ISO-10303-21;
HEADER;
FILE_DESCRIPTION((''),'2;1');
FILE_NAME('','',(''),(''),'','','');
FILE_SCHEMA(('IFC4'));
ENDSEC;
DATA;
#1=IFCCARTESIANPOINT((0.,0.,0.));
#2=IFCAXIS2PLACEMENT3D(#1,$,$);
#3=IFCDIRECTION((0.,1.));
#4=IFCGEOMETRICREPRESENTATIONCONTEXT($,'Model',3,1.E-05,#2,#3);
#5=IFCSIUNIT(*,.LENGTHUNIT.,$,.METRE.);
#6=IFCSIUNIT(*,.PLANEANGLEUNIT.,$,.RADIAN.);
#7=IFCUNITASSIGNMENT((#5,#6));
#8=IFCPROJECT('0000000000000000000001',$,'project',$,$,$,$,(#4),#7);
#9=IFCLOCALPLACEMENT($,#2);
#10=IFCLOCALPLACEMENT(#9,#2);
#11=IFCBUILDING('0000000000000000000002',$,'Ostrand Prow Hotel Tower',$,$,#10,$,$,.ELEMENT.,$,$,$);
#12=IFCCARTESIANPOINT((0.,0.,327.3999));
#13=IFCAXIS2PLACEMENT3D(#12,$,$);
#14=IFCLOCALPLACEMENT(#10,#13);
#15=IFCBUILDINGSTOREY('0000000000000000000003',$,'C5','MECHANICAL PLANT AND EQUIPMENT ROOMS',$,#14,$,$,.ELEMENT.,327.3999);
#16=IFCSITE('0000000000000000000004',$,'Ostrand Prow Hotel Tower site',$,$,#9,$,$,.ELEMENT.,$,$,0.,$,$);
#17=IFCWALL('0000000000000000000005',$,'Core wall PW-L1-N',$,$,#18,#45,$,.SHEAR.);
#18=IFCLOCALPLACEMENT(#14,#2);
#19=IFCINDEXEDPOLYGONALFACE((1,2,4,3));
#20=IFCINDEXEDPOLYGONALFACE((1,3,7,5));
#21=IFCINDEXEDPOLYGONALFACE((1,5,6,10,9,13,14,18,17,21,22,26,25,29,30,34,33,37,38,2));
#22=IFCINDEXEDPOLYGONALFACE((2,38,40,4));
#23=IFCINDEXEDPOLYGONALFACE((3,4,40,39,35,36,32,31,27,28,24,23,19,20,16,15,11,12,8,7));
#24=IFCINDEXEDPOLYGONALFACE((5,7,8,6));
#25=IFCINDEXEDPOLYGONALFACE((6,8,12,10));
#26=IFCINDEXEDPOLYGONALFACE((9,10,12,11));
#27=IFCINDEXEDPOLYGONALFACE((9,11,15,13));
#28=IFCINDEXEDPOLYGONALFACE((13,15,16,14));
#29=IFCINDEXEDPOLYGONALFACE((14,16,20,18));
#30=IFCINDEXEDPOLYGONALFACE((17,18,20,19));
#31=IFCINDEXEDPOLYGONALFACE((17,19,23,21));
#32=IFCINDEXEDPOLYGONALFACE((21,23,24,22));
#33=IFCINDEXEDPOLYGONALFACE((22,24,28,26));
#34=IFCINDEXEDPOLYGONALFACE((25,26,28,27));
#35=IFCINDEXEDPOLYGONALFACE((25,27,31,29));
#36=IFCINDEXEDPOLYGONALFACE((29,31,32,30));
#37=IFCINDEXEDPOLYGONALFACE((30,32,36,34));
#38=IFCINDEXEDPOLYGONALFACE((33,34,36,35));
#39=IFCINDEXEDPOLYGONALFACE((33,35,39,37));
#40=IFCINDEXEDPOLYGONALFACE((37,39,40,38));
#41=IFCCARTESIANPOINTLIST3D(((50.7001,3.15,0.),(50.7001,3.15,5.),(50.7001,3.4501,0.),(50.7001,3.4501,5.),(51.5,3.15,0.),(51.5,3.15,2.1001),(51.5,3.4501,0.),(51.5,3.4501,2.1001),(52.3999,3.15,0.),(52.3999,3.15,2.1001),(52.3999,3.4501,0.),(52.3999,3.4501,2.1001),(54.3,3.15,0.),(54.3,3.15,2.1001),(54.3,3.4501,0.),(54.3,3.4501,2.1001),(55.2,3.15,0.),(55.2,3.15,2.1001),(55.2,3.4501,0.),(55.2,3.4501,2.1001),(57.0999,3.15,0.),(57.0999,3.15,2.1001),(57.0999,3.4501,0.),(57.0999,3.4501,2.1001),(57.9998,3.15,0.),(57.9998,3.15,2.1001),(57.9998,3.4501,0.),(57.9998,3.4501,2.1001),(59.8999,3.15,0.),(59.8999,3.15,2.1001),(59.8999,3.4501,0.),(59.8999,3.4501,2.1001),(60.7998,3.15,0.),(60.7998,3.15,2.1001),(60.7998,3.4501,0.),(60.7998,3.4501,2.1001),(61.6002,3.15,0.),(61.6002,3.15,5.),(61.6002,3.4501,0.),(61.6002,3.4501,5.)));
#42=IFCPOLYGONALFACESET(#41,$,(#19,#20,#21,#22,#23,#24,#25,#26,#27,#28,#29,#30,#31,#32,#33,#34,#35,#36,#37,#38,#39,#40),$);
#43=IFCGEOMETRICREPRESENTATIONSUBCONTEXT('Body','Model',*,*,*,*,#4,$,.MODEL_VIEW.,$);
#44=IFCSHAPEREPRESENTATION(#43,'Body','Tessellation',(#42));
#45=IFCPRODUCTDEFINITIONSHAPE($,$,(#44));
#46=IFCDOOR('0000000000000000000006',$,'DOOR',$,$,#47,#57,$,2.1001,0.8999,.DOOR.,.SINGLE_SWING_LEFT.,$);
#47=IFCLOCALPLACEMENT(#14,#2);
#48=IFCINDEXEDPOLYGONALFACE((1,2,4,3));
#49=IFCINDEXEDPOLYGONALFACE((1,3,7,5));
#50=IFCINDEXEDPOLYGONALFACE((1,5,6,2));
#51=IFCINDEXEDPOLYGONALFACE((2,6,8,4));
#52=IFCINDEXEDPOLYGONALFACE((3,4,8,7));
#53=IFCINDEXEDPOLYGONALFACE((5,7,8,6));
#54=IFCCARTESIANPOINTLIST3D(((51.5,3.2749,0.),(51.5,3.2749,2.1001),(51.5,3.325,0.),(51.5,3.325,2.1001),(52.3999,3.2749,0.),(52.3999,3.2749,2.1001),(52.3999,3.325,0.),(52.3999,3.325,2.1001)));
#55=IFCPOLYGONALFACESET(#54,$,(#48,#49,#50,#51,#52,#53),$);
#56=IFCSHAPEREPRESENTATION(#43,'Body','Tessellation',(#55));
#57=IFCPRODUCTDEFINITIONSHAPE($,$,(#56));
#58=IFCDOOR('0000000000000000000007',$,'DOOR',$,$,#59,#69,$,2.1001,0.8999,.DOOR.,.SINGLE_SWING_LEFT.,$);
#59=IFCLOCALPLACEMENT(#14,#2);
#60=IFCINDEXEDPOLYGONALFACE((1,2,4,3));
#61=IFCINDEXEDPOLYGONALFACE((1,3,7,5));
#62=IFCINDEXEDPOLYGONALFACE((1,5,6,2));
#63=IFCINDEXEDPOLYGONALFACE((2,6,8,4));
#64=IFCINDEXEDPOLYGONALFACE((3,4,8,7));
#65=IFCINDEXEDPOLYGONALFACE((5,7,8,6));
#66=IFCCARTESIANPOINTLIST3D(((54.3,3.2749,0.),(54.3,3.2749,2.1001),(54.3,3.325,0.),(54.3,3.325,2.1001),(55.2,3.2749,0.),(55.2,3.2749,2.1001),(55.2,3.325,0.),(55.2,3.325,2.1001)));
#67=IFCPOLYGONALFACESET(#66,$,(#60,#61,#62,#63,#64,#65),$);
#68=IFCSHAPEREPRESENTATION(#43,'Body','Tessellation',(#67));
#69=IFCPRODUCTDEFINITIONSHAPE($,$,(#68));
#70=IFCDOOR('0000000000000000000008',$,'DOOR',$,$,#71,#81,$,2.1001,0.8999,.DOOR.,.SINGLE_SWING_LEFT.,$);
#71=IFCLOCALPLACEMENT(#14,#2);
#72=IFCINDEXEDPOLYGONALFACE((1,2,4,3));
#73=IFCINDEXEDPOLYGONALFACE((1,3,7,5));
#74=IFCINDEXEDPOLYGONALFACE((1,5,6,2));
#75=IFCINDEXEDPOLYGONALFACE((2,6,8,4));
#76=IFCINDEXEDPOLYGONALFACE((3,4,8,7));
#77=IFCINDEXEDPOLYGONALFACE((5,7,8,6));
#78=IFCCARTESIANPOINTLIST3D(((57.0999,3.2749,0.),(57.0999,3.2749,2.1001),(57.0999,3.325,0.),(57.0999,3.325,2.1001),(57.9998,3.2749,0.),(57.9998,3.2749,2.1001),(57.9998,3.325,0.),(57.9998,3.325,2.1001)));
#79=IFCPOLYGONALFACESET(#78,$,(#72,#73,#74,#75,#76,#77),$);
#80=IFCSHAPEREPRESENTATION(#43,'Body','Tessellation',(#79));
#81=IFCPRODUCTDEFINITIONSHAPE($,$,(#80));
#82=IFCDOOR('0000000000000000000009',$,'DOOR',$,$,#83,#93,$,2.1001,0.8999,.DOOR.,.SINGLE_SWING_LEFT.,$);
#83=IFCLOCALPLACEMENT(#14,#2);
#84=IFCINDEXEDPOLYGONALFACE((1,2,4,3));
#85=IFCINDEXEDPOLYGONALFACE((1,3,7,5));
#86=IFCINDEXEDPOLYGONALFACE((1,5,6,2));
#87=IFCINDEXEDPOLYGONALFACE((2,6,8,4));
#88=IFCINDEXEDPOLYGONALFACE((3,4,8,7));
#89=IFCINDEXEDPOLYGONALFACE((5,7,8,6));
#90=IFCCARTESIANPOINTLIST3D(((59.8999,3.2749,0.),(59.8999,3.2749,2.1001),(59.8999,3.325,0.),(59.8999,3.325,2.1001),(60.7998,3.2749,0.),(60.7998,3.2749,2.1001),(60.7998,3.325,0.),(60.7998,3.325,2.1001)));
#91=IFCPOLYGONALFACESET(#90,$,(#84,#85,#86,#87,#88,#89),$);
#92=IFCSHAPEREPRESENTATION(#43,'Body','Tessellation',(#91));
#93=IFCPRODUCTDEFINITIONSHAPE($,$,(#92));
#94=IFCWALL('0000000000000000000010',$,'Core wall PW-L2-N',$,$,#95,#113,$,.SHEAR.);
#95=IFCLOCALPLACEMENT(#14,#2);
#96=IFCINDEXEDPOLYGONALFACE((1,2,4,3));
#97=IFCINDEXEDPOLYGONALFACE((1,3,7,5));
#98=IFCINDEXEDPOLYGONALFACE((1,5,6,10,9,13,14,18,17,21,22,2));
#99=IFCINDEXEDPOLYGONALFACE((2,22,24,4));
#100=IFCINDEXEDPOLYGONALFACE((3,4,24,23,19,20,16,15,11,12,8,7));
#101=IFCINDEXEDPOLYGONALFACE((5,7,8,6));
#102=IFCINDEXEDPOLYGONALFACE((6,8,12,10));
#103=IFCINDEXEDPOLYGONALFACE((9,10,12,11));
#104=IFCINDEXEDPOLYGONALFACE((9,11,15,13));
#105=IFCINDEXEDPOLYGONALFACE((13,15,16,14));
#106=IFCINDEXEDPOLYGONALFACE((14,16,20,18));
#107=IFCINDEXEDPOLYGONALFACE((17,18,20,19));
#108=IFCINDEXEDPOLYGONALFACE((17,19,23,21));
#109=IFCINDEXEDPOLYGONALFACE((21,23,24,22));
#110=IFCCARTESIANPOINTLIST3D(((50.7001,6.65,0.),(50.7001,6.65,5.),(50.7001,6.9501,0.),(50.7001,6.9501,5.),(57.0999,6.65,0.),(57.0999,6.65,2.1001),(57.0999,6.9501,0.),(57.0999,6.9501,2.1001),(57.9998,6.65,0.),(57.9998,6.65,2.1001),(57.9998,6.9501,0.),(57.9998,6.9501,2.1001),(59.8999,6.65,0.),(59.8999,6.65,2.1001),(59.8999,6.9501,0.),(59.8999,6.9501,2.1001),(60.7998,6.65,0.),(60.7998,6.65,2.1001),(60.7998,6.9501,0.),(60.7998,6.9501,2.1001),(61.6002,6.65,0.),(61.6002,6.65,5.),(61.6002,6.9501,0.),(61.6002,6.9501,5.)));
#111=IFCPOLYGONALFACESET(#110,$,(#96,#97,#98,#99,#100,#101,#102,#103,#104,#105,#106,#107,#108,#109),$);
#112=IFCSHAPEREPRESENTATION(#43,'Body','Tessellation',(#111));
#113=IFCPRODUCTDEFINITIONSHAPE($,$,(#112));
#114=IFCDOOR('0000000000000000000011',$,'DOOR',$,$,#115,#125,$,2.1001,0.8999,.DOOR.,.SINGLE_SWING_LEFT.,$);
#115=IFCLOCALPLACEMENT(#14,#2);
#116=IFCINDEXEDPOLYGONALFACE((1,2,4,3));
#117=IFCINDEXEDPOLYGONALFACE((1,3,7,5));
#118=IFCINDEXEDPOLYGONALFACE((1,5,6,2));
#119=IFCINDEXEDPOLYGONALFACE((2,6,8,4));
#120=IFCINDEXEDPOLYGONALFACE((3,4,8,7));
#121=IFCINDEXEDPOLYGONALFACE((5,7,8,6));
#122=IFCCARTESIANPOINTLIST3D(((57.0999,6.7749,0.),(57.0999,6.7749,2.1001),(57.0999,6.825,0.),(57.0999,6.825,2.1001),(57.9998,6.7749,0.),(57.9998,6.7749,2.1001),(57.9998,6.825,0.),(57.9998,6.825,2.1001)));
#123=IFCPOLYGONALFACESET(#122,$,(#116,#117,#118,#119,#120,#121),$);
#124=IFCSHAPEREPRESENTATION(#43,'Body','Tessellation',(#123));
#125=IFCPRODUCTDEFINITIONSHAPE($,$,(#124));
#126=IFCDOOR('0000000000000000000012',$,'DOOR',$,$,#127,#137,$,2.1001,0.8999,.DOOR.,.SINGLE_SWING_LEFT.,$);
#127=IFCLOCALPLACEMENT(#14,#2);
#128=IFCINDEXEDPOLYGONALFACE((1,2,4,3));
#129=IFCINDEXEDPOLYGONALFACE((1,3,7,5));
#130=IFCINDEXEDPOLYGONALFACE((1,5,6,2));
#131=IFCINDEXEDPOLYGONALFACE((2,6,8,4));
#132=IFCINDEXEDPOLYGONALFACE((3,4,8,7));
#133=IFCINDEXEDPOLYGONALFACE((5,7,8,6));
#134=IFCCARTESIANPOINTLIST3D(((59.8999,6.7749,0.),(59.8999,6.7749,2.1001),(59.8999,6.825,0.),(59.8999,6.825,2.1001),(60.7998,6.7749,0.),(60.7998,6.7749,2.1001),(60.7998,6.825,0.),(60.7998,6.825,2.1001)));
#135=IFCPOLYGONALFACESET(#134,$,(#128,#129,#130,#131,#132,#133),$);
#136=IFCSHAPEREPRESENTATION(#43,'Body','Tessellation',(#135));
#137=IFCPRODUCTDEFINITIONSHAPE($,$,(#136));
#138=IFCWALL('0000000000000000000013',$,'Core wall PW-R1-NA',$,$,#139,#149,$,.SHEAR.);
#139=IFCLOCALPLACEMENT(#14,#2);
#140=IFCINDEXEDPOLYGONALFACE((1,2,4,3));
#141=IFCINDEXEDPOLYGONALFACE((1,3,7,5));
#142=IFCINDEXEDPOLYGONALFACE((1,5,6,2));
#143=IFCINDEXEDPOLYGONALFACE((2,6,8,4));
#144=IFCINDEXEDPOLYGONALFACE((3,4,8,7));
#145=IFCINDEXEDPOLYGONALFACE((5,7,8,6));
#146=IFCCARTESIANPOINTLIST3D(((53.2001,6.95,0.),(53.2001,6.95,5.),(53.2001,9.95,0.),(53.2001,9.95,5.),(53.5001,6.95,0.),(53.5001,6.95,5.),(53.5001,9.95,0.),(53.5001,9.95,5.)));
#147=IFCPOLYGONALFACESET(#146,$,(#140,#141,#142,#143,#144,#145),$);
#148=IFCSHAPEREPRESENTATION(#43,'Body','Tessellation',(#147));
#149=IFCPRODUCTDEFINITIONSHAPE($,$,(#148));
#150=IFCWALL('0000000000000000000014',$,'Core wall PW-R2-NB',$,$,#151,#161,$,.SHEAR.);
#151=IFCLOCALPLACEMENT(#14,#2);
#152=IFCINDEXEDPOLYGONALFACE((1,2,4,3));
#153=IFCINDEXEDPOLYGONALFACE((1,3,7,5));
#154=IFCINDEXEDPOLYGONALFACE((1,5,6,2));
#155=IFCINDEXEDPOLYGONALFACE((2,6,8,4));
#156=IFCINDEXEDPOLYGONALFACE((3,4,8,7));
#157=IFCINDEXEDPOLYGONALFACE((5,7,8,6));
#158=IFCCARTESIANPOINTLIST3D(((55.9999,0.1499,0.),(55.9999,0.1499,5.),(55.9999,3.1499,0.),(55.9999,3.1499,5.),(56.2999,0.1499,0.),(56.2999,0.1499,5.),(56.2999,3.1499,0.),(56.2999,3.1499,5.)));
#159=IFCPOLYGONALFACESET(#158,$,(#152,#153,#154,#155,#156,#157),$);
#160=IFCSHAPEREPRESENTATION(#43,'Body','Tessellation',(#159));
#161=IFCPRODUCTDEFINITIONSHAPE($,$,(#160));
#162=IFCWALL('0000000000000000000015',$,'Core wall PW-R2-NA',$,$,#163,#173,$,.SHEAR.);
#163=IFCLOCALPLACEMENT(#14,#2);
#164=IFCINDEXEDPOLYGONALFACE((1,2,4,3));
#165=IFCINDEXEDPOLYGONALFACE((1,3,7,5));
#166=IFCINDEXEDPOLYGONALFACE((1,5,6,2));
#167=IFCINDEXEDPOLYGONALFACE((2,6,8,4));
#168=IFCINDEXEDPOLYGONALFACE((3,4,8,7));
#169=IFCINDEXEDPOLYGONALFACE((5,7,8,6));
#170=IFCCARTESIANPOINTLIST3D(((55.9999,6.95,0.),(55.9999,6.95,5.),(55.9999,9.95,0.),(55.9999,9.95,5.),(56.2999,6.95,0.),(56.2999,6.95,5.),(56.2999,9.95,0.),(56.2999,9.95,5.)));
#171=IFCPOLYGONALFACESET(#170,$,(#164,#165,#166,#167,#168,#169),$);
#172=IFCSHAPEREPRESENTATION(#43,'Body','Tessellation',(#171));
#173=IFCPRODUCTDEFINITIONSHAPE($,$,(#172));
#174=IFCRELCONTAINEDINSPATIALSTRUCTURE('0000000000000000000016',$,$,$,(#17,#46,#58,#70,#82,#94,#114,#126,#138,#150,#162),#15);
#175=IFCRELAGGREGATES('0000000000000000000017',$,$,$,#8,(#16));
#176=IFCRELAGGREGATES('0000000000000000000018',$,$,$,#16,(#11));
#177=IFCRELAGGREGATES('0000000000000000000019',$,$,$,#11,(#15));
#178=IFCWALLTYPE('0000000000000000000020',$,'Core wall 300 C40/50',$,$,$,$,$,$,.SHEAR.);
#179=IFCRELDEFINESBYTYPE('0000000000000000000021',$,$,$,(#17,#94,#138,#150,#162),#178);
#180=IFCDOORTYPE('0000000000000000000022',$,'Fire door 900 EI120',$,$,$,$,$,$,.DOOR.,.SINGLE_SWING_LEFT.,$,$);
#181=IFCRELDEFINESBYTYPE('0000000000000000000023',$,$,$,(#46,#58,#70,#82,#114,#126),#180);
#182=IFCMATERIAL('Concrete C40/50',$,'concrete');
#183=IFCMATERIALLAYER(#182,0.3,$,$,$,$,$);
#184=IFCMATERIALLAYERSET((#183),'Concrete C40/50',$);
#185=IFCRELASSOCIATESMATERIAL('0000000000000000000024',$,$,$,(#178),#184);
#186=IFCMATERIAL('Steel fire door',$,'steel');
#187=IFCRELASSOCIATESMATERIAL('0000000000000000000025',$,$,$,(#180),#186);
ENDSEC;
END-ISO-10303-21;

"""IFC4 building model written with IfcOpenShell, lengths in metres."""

from ifc_helpers import new_model, si_unit, direction, frame, frame_2d, origin, place, context, subcontext, project, spatial, rectangle, extrude, material, layer, layer_set, type_object, element, fill, save


model = new_model("IFC4")

# Units and contexts
model_context = context("Model", 3, precision=1e-05, world=origin(), true_north=direction((0.0, 1.0)))
body_context = subcontext(model_context, "Body", "Model", "MODEL_VIEW")
ifc_project = project(units=[si_unit("LENGTHUNIT", "METRE"), si_unit("PLANEANGLEUNIT", "RADIAN")], contexts=[model_context])

# Site, building, storey
site_placement = place(None, origin())
site = spatial("IfcSite", under=ifc_project, at=site_placement, Name="Ostrand Prow Hotel Tower site", CompositionType="ELEMENT", RefElevation=0.0)
building_placement = place(site_placement, origin())
building = spatial("IfcBuilding", under=site, at=building_placement, Name="Ostrand Prow Hotel Tower", CompositionType="ELEMENT")
storey_placement = place(building_placement, frame((0.0, 0.0, 327.3999)))
storey = spatial("IfcBuildingStorey", under=building, at=storey_placement, Name="C5", Description="MECHANICAL PLANT AND EQUIPMENT ROOMS", CompositionType="ELEMENT", Elevation=327.3999)

# Walls, openings, doors
ifc_material_1 = material(Name="Concrete C40/50", Category="concrete")
ifc_layer_1 = layer(ifc_material_1, 0.3)
ifc_layer_set_1 = layer_set([ifc_layer_1], Name="Concrete C40/50")
wall_type_1 = type_object("IfcWallType", Name="Core wall 300 C40/50", PredefinedType="SHEAR", material=ifc_layer_set_1)
wall_1_placement = place(storey_placement, frame((50.7, 3.3, 0.0), z_axis=(0.0, 0.0, 1.0), x_axis=(1.0, 0.0, 0.0)))
wall_1 = element("IfcWall", 1, at=wall_1_placement, inside=storey, type_object=wall_type_1, Name="Core wall PW-L1-N", PredefinedType="SHEAR", context=body_context, shape_type="SweptSolid", body=[
    extrude(rectangle(XDim=10.9001, YDim=0.3, at=frame_2d((5.4502, 0.0))), origin(), (0.0, 0.0, 1.0), 5.0),
])
opening_1_placement = place(wall_1_placement, frame((0.8, 0.0, 0.0)))
opening_1 = element("IfcOpeningElement", 2, at=opening_1_placement, cuts=wall_1, PredefinedType="OPENING", context=body_context, shape_type="SweptSolid", body=[
    extrude(rectangle(XDim=0.8999, YDim=2.1001, at=frame_2d((0.45, 1.05))), frame((0.0, 0.1599, 0.0), z_axis=(0.0, -1.0, 0.0), x_axis=(1.0, 0.0, 0.0)), (0.0, 0.0, 1.0), 0.3201),
])
opening_2_placement = place(wall_1_placement, frame((3.6001, 0.0, 0.0)))
opening_2 = element("IfcOpeningElement", 3, at=opening_2_placement, cuts=wall_1, PredefinedType="OPENING", context=body_context, shape_type="SweptSolid", body=[
    extrude(rectangle(XDim=0.8999, YDim=2.1001, at=frame_2d((0.45, 1.05))), frame((0.0, 0.1599, 0.0), z_axis=(0.0, -1.0, 0.0), x_axis=(1.0, 0.0, 0.0)), (0.0, 0.0, 1.0), 0.3201),
])
opening_3_placement = place(wall_1_placement, frame((6.3999, 0.0, 0.0)))
opening_3 = element("IfcOpeningElement", 4, at=opening_3_placement, cuts=wall_1, PredefinedType="OPENING", context=body_context, shape_type="SweptSolid", body=[
    extrude(rectangle(XDim=0.8999, YDim=2.1001, at=frame_2d((0.45, 1.05))), frame((0.0, 0.1599, 0.0), z_axis=(0.0, -1.0, 0.0), x_axis=(1.0, 0.0, 0.0)), (0.0, 0.0, 1.0), 0.3201),
])
opening_4_placement = place(wall_1_placement, frame((9.2, 0.0, 0.0)))
opening_4 = element("IfcOpeningElement", 5, at=opening_4_placement, cuts=wall_1, PredefinedType="OPENING", context=body_context, shape_type="SweptSolid", body=[
    extrude(rectangle(XDim=0.8999, YDim=2.1001, at=frame_2d((0.45, 1.05))), frame((0.0, 0.1599, 0.0), z_axis=(0.0, -1.0, 0.0), x_axis=(1.0, 0.0, 0.0)), (0.0, 0.0, 1.0), 0.3201),
])
ifc_material_2 = material(Name="Steel fire door", Category="steel")
door_type_1 = type_object("IfcDoorType", Name="Fire door 900 EI120", OperationType="SINGLE_SWING_LEFT", PredefinedType="DOOR", material=ifc_material_2)
door_1_placement = place(opening_1_placement, origin())
door_1 = element("IfcDoor", 6, at=door_1_placement, inside=storey, type_object=door_type_1, Name="DOOR", OperationType="SINGLE_SWING_LEFT", OverallHeight=2.1001, OverallWidth=0.8999, PredefinedType="DOOR", context=body_context, shape_type="SweptSolid", body=[
    extrude(rectangle(XDim=0.8999, YDim=2.1001, at=frame_2d((0.45, 1.05))), frame((0.0, 0.0249, 0.0), z_axis=(0.0, -1.0, 0.0), x_axis=(1.0, 0.0, 0.0)), (0.0, 0.0, 1.0), 0.05),
])
fill(opening_1, door_1)
door_2_placement = place(opening_2_placement, origin())
door_2 = element("IfcDoor", 7, at=door_2_placement, inside=storey, type_object=door_type_1, Name="DOOR", OperationType="SINGLE_SWING_LEFT", OverallHeight=2.1001, OverallWidth=0.8999, PredefinedType="DOOR", context=body_context, shape_type="SweptSolid", body=[
    extrude(rectangle(XDim=0.8999, YDim=2.1001, at=frame_2d((0.45, 1.05))), frame((0.0, 0.0249, 0.0), z_axis=(0.0, -1.0, 0.0), x_axis=(1.0, 0.0, 0.0)), (0.0, 0.0, 1.0), 0.05),
])
fill(opening_2, door_2)
door_3_placement = place(opening_3_placement, origin())
door_3 = element("IfcDoor", 8, at=door_3_placement, inside=storey, type_object=door_type_1, Name="DOOR", OperationType="SINGLE_SWING_LEFT", OverallHeight=2.1001, OverallWidth=0.8999, PredefinedType="DOOR", context=body_context, shape_type="SweptSolid", body=[
    extrude(rectangle(XDim=0.8999, YDim=2.1001, at=frame_2d((0.45, 1.05))), frame((0.0, 0.0249, 0.0), z_axis=(0.0, -1.0, 0.0), x_axis=(1.0, 0.0, 0.0)), (0.0, 0.0, 1.0), 0.05),
])
fill(opening_3, door_3)
door_4_placement = place(opening_4_placement, origin())
door_4 = element("IfcDoor", 9, at=door_4_placement, inside=storey, type_object=door_type_1, Name="DOOR", OperationType="SINGLE_SWING_LEFT", OverallHeight=2.1001, OverallWidth=0.8999, PredefinedType="DOOR", context=body_context, shape_type="SweptSolid", body=[
    extrude(rectangle(XDim=0.8999, YDim=2.1001, at=frame_2d((0.45, 1.05))), frame((0.0, 0.0249, 0.0), z_axis=(0.0, -1.0, 0.0), x_axis=(1.0, 0.0, 0.0)), (0.0, 0.0, 1.0), 0.05),
])
fill(opening_4, door_4)
wall_2_placement = place(storey_placement, frame((50.7, 6.8, 0.0), z_axis=(0.0, 0.0, 1.0), x_axis=(1.0, 0.0, 0.0)))
wall_2 = element("IfcWall", 10, at=wall_2_placement, inside=storey, type_object=wall_type_1, Name="Core wall PW-L2-N", PredefinedType="SHEAR", context=body_context, shape_type="SweptSolid", body=[
    extrude(rectangle(XDim=10.9001, YDim=0.3, at=frame_2d((5.4502, 0.0))), origin(), (0.0, 0.0, 1.0), 5.0),
])
opening_5_placement = place(wall_2_placement, frame((6.3999, 0.0, 0.0)))
opening_5 = element("IfcOpeningElement", 11, at=opening_5_placement, cuts=wall_2, PredefinedType="OPENING", context=body_context, shape_type="SweptSolid", body=[
    extrude(rectangle(XDim=0.8999, YDim=2.1001, at=frame_2d((0.45, 1.05))), frame((0.0, 0.1599, 0.0), z_axis=(0.0, -1.0, 0.0), x_axis=(1.0, 0.0, 0.0)), (0.0, 0.0, 1.0), 0.3201),
])
opening_6_placement = place(wall_2_placement, frame((9.2, 0.0, 0.0)))
opening_6 = element("IfcOpeningElement", 12, at=opening_6_placement, cuts=wall_2, PredefinedType="OPENING", context=body_context, shape_type="SweptSolid", body=[
    extrude(rectangle(XDim=0.8999, YDim=2.1001, at=frame_2d((0.45, 1.05))), frame((0.0, 0.1599, 0.0), z_axis=(0.0, -1.0, 0.0), x_axis=(1.0, 0.0, 0.0)), (0.0, 0.0, 1.0), 0.3201),
])
door_5_placement = place(opening_5_placement, origin())
door_5 = element("IfcDoor", 13, at=door_5_placement, inside=storey, type_object=door_type_1, Name="DOOR", OperationType="SINGLE_SWING_LEFT", OverallHeight=2.1001, OverallWidth=0.8999, PredefinedType="DOOR", context=body_context, shape_type="SweptSolid", body=[
    extrude(rectangle(XDim=0.8999, YDim=2.1001, at=frame_2d((0.45, 1.05))), frame((0.0, 0.0249, 0.0), z_axis=(0.0, -1.0, 0.0), x_axis=(1.0, 0.0, 0.0)), (0.0, 0.0, 1.0), 0.05),
])
fill(opening_5, door_5)
door_6_placement = place(opening_6_placement, origin())
door_6 = element("IfcDoor", 14, at=door_6_placement, inside=storey, type_object=door_type_1, Name="DOOR", OperationType="SINGLE_SWING_LEFT", OverallHeight=2.1001, OverallWidth=0.8999, PredefinedType="DOOR", context=body_context, shape_type="SweptSolid", body=[
    extrude(rectangle(XDim=0.8999, YDim=2.1001, at=frame_2d((0.45, 1.05))), frame((0.0, 0.0249, 0.0), z_axis=(0.0, -1.0, 0.0), x_axis=(1.0, 0.0, 0.0)), (0.0, 0.0, 1.0), 0.05),
])
fill(opening_6, door_6)

# Walls
for number, where, z_axis, x_axis, name in (
    (15, (53.3501, 6.95, 0.0), (0.0, 0.0, 1.0), (0.0, 1.0, 0.0), "Core wall PW-R1-NA"),
    (16, (56.1499, 0.1499, 0.0), (0.0, 0.0, 1.0), (0.0, 1.0, 0.0), "Core wall PW-R2-NB"),
    (17, (56.1499, 6.95, 0.0), (0.0, 0.0, 1.0), (0.0, 1.0, 0.0), "Core wall PW-R2-NA"),
):
    element("IfcWall", number, at=place(storey_placement, frame(where, z_axis=z_axis, x_axis=x_axis)), inside=storey, type_object=wall_type_1, Name=name, PredefinedType="SHEAR", context=body_context, shape_type="SweptSolid", body=[
        extrude(rectangle(XDim=3.0, YDim=0.3, at=frame_2d((1.5, 0.0))), origin(), (0.0, 0.0, 1.0), 5.0),
    ])

save(model, "model.ifc")
